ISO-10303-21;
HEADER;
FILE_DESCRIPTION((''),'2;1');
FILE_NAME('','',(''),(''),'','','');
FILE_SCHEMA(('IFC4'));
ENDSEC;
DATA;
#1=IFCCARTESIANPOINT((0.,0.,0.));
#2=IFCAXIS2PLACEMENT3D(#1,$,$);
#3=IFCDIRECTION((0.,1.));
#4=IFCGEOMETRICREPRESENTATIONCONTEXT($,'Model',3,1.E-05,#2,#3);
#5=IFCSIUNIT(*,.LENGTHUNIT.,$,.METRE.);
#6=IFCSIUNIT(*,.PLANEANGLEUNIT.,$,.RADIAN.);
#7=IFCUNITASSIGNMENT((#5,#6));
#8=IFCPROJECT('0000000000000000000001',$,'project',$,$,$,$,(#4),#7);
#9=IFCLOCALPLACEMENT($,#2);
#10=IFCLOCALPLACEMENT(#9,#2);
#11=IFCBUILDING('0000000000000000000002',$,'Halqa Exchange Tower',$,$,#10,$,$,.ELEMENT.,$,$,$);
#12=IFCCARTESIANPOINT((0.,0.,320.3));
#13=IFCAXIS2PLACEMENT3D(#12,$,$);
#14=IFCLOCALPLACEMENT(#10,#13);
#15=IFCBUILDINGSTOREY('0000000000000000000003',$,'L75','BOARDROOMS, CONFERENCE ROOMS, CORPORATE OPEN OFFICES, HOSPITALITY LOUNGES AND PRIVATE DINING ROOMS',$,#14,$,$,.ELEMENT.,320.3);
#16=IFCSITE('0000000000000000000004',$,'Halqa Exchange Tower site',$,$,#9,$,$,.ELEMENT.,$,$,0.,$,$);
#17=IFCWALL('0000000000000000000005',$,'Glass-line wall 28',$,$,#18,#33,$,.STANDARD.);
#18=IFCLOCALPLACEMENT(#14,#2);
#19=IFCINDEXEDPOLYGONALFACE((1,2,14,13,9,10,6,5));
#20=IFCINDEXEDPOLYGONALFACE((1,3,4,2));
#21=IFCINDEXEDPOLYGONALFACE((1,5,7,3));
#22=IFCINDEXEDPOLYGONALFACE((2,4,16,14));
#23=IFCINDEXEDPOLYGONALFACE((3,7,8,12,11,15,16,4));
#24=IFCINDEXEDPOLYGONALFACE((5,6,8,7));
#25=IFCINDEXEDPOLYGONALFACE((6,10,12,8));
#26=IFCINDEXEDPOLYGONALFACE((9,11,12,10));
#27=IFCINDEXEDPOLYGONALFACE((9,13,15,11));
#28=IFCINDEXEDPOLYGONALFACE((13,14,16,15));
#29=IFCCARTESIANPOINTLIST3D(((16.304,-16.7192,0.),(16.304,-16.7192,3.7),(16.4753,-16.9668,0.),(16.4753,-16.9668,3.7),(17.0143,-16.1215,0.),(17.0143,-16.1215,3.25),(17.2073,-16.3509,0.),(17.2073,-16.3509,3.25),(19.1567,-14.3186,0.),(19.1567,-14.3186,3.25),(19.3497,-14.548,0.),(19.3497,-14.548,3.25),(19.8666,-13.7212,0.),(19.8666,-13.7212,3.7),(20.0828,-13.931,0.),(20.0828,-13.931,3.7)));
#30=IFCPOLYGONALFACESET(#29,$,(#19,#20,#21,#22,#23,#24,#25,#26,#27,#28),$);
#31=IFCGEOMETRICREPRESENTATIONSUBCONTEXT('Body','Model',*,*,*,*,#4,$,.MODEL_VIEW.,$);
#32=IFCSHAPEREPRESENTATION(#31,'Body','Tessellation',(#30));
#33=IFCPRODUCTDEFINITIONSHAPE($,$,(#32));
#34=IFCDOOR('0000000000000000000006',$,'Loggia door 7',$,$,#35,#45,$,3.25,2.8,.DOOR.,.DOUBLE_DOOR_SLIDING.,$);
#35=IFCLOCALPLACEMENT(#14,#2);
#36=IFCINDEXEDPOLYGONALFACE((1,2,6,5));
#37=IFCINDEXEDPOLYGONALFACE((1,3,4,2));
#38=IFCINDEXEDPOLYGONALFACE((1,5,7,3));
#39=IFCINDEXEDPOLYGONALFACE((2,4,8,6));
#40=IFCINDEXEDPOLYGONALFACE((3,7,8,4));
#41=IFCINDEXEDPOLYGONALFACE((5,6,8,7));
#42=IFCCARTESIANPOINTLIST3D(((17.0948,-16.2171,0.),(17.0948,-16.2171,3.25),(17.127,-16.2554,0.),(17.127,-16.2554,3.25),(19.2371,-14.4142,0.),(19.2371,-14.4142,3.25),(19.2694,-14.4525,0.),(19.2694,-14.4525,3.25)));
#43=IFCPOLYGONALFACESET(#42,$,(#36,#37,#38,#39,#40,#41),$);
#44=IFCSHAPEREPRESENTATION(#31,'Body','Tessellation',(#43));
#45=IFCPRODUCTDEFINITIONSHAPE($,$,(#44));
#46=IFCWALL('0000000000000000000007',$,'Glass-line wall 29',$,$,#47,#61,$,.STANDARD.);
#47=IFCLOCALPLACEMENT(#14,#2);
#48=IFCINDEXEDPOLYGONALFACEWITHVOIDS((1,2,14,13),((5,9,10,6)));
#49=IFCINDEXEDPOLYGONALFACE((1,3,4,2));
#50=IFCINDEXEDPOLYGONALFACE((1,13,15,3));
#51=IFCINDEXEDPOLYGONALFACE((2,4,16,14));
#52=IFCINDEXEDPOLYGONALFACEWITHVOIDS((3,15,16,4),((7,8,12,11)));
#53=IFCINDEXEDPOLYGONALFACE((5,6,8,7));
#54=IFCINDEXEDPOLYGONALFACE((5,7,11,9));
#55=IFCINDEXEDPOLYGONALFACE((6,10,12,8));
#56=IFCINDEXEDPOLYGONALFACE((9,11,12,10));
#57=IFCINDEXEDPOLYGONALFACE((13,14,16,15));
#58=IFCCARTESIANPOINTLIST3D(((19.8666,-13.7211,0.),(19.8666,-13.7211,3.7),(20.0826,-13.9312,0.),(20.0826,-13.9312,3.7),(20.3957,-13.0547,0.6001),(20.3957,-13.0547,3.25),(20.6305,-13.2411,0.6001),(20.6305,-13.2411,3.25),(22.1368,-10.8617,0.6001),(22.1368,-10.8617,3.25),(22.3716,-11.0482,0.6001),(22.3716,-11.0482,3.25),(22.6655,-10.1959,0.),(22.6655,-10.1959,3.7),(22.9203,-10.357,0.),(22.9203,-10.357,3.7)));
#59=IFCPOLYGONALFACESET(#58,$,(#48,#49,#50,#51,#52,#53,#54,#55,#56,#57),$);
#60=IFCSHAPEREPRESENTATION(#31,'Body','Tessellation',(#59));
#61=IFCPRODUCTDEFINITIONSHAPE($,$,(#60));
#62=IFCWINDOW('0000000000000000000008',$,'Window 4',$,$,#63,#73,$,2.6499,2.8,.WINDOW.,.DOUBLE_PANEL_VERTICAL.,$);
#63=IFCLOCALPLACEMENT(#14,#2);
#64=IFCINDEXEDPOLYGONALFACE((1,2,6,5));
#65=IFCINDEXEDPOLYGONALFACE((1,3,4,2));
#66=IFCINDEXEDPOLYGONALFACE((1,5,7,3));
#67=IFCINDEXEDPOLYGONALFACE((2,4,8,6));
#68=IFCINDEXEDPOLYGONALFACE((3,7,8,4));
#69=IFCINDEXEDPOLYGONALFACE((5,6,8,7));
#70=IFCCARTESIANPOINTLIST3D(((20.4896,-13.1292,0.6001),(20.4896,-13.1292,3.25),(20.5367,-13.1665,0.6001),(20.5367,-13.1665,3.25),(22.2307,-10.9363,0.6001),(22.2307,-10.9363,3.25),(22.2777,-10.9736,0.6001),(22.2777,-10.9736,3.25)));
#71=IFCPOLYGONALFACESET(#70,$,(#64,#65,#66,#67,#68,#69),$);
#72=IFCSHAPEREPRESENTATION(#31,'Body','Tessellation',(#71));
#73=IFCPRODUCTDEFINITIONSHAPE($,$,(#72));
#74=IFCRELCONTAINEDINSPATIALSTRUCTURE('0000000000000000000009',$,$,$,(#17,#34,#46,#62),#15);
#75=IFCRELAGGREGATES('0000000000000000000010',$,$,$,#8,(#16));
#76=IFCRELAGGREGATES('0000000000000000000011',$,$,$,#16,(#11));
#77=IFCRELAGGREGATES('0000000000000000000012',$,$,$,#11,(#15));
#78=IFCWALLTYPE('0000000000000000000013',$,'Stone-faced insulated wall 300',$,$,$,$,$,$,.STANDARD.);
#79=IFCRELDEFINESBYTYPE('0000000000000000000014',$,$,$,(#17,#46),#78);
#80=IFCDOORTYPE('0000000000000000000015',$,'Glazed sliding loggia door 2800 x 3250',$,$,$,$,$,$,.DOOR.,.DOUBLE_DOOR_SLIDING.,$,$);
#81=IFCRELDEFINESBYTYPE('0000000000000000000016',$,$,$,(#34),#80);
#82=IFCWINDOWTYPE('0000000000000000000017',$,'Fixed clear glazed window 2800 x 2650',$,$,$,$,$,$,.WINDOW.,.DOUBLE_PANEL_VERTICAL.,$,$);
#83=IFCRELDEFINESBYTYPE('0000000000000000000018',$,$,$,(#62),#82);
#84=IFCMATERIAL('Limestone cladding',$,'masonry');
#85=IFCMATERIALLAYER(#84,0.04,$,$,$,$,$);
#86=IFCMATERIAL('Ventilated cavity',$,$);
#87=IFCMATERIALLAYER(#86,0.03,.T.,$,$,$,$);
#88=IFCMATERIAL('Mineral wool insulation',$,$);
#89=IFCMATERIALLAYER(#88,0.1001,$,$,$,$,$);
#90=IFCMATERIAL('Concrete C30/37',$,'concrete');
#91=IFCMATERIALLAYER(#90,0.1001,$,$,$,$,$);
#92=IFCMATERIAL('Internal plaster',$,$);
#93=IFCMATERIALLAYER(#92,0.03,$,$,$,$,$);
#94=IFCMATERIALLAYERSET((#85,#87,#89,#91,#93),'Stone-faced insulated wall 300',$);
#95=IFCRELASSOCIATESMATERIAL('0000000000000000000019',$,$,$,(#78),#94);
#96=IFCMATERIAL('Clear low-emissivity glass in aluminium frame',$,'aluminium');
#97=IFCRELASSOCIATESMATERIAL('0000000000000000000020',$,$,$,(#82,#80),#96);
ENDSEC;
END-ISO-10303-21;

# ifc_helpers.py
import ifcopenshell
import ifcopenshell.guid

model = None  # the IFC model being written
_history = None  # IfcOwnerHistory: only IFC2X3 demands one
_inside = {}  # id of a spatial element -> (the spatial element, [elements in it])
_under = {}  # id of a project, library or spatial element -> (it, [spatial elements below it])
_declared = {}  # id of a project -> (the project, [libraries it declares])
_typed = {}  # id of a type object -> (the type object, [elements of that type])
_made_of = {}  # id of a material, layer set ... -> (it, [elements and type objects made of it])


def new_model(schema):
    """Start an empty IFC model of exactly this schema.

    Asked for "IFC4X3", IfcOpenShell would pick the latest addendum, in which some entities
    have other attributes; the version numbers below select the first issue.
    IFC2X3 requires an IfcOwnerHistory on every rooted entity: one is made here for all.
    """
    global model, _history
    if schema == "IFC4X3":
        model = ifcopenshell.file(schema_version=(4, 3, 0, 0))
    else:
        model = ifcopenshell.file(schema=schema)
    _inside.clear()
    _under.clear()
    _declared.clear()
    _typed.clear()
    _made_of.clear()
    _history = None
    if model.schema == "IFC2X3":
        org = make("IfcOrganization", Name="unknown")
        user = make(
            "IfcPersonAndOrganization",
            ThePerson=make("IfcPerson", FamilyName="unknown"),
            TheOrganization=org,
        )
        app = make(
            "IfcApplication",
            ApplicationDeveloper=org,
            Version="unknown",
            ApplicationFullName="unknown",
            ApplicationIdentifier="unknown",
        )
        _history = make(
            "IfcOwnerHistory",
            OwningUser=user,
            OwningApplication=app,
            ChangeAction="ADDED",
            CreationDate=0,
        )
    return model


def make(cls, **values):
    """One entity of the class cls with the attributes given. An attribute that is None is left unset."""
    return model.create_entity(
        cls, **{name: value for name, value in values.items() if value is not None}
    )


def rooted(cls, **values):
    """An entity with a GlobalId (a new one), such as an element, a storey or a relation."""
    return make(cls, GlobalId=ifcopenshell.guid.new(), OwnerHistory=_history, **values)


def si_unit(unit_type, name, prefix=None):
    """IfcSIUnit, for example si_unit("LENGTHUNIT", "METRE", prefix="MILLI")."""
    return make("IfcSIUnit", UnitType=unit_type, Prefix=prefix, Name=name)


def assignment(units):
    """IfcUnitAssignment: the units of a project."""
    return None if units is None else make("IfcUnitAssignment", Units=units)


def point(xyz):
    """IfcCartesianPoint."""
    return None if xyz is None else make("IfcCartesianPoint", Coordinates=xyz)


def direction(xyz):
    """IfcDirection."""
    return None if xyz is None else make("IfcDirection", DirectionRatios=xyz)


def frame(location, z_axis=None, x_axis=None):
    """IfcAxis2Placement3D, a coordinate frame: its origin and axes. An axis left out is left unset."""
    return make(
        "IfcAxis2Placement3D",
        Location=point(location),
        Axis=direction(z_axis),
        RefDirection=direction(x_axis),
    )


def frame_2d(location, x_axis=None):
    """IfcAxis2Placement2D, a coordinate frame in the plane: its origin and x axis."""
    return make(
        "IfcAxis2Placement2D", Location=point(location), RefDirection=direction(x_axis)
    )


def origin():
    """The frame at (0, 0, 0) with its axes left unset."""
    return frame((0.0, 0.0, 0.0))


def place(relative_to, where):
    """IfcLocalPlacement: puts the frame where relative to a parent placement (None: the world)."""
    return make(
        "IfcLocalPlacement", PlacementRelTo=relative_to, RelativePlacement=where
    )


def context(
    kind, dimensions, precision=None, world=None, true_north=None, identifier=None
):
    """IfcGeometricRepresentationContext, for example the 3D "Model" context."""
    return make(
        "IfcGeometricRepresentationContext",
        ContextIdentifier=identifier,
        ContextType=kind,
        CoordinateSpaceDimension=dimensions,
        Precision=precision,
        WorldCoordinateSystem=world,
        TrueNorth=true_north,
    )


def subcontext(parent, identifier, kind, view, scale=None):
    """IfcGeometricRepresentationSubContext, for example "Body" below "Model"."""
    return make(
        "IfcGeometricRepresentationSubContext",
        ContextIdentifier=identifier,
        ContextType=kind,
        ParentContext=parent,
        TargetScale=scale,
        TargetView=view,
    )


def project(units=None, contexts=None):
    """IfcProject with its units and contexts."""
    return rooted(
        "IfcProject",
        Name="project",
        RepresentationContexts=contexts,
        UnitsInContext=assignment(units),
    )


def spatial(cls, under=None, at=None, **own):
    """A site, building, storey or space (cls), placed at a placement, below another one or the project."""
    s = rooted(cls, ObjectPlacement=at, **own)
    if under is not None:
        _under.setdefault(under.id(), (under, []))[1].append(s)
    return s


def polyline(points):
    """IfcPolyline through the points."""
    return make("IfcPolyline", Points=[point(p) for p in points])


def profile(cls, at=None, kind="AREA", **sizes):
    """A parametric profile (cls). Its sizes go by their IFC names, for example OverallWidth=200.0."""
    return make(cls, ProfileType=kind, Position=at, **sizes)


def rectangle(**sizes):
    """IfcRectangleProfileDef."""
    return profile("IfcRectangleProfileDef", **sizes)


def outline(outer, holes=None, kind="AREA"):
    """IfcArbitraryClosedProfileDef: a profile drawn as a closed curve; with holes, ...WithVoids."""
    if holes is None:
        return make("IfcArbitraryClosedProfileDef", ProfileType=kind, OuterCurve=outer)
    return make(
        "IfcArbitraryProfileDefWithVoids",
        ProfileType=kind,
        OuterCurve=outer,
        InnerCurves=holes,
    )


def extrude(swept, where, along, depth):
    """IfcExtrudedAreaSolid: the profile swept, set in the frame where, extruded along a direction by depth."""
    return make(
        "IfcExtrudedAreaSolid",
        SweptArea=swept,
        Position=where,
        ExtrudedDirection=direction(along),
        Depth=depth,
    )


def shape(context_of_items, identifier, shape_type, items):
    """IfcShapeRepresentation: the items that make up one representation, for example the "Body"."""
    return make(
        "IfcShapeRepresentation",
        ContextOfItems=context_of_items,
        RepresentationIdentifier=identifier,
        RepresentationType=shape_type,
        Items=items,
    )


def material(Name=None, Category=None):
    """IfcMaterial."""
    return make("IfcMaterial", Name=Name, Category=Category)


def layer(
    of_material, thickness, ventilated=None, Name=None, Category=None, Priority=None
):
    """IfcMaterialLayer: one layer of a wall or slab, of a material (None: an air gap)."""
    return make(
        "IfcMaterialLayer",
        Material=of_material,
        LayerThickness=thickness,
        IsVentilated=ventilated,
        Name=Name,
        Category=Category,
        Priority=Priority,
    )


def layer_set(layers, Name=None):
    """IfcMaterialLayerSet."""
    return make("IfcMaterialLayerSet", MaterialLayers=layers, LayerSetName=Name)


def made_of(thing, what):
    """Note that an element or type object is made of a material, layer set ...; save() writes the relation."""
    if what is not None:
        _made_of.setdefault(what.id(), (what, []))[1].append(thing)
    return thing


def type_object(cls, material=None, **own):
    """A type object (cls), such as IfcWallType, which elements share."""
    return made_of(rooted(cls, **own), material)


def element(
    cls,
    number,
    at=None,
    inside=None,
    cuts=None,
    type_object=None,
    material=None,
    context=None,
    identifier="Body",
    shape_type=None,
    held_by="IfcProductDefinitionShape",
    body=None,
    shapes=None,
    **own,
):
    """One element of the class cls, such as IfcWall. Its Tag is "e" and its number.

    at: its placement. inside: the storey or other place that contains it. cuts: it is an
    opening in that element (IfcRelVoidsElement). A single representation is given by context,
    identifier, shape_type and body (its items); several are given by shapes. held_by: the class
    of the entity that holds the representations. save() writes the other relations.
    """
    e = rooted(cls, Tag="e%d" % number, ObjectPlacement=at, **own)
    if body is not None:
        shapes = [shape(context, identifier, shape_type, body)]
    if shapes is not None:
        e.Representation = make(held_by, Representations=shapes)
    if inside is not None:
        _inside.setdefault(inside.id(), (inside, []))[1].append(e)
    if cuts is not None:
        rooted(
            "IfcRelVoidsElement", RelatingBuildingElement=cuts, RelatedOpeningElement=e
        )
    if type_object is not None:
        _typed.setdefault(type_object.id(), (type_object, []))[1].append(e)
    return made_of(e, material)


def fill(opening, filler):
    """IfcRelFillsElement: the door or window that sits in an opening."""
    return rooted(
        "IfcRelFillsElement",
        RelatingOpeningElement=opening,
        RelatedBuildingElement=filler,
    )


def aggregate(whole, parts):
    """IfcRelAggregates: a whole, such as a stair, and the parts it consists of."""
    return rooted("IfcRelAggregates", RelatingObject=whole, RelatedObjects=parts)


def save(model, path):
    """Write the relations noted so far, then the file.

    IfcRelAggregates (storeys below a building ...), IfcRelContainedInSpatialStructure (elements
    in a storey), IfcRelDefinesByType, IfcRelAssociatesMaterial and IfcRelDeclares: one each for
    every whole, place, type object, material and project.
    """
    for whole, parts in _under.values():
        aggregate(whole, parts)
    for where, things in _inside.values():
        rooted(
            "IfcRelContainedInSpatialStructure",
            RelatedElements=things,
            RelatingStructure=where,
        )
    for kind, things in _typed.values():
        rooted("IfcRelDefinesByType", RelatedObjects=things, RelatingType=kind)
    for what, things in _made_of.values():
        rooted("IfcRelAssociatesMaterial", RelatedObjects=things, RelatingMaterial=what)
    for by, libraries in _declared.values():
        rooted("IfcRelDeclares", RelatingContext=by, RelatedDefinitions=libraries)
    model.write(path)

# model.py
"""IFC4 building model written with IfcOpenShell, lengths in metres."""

from ifc_helpers import new_model, si_unit, direction, frame, frame_2d, origin, place, context, subcontext, project, spatial, polyline, rectangle, outline, extrude, material, layer, layer_set, type_object, element, fill, save


model = new_model("IFC4")

# Units and contexts
model_context = context("Model", 3, precision=1e-05, world=origin(), true_north=direction((0.0, 1.0)))
body_context = subcontext(model_context, "Body", "Model", "MODEL_VIEW")
ifc_project = project(units=[si_unit("LENGTHUNIT", "METRE"), si_unit("PLANEANGLEUNIT", "RADIAN")], contexts=[model_context])

# Site, building, storey
site_placement = place(None, origin())
site = spatial("IfcSite", under=ifc_project, at=site_placement, Name="Halqa Exchange Tower site", CompositionType="ELEMENT", RefElevation=0.0)
building_placement = place(site_placement, origin())
building = spatial("IfcBuilding", under=site, at=building_placement, Name="Halqa Exchange Tower", CompositionType="ELEMENT")
storey_placement = place(building_placement, frame((0.0, 0.0, 320.3)))
storey = spatial("IfcBuildingStorey", under=building, at=storey_placement, Name="L75", Description="BOARDROOMS, CONFERENCE ROOMS, CORPORATE OPEN OFFICES, HOSPITALITY LOUNGES AND PRIVATE DINING ROOMS", CompositionType="ELEMENT", Elevation=320.3)

# Shared definitions
ifc_material_1 = material(Name="Limestone cladding", Category="masonry")
ifc_layer_1 = layer(ifc_material_1, 0.04)
ifc_material_2 = material(Name="Ventilated cavity")
ifc_layer_2 = layer(ifc_material_2, 0.03, ventilated=True)
ifc_material_3 = material(Name="Mineral wool insulation")
ifc_layer_3 = layer(ifc_material_3, 0.1001)
ifc_material_4 = material(Name="Concrete C30/37", Category="concrete")
ifc_layer_4 = layer(ifc_material_4, 0.1001)
ifc_material_5 = material(Name="Internal plaster")
ifc_layer_5 = layer(ifc_material_5, 0.03)
ifc_layer_set_1 = layer_set([ifc_layer_1, ifc_layer_2, ifc_layer_3, ifc_layer_4, ifc_layer_5], Name="Stone-faced insulated wall 300")
wall_type_1 = type_object("IfcWallType", Name="Stone-faced insulated wall 300", PredefinedType="STANDARD", material=ifc_layer_set_1)
ifc_material_6 = material(Name="Clear low-emissivity glass in aluminium frame", Category="aluminium")
window_type = type_object("IfcWindowType", Name="Fixed clear glazed window 2800 x 2650", PartitioningType="DOUBLE_PANEL_VERTICAL", PredefinedType="WINDOW", material=ifc_material_6)

# Wall, opening, door
wall_1_placement = place(storey_placement, frame((16.3896, -16.843, 0.0), z_axis=(0.0, 0.0, 1.0), x_axis=(0.765129, 0.643877, 0.0)))
wall_1 = element("IfcWall", 1, at=wall_1_placement, inside=storey, type_object=wall_type_1, Name="Glass-line wall 28", PredefinedType="STANDARD", context=body_context, shape_type="SweptSolid", body=[
    extrude(outline(polyline([(-0.0142, -0.1499), (4.7007, -0.1499), (4.6704, 0.1499), (0.0142, 0.1499), (-0.0142, -0.1499)])), origin(), (0.0, 0.0, 1.0), 3.7),
])
opening_1_placement = place(wall_1_placement, frame((0.9426, 0.0, 0.0)))
opening_1 = element("IfcOpeningElement", 2, at=opening_1_placement, cuts=wall_1, PredefinedType="OPENING", context=body_context, shape_type="SweptSolid", body=[
    extrude(rectangle(XDim=2.8, YDim=3.25, at=frame_2d((1.3999, 1.625))), frame((0.0, 0.1621, 0.0), z_axis=(0.0, -1.0, 0.0), x_axis=(1.0, 0.0, 0.0)), (0.0, 0.0, 1.0), 0.324),
])
door_type_1 = type_object("IfcDoorType", Name="Glazed sliding loggia door 2800 x 3250", OperationType="DOUBLE_DOOR_SLIDING", PredefinedType="DOOR", material=ifc_material_6)
door_1_placement = place(opening_1_placement, origin())
door_1 = element("IfcDoor", 3, at=door_1_placement, inside=storey, type_object=door_type_1, Name="Loggia door 7", OperationType="DOUBLE_DOOR_SLIDING", OverallHeight=3.25, OverallWidth=2.8, PredefinedType="DOOR", context=body_context, shape_type="SweptSolid", body=[
    extrude(rectangle(XDim=2.8, YDim=3.25, at=frame_2d((1.3999, 1.625))), frame((0.0, 0.0249, 0.0), z_axis=(0.0, -1.0, 0.0), x_axis=(1.0, 0.0, 0.0)), (0.0, 0.0, 1.0), 0.05),
])
fill(opening_1, door_1)

# Wall, opening, window
wall_2_placement = place(storey_placement, frame((19.9746, -13.8262, 0.0), z_axis=(0.0, 0.0, 1.0), x_axis=(0.621801, 0.783176, 0.0)))
wall_2 = element("IfcWall", 4, at=wall_2_placement, inside=storey, type_object=wall_type_1, Name="Glass-line wall 29", PredefinedType="STANDARD", context=body_context, shape_type="SweptSolid", body=[
    extrude(outline(polyline([(-0.0151, -0.1499), (4.5486, -0.1499), (4.5164, 0.1499), (0.0151, 0.1499), (-0.0151, -0.1499)])), origin(), (0.0, 0.0, 1.0), 3.7),
])
opening_2_placement = place(wall_2_placement, frame((0.8662, 0.0, 0.6001)))
opening_2 = element("IfcOpeningElement", 5, at=opening_2_placement, cuts=wall_2, PredefinedType="OPENING", context=body_context, shape_type="SweptSolid", body=[
    extrude(rectangle(XDim=2.8, YDim=2.6499, at=frame_2d((1.3999, 1.325))), frame((0.0, 0.1621, 0.0), z_axis=(0.0, -1.0, 0.0), x_axis=(1.0, 0.0, 0.0)), (0.0, 0.0, 1.0), 0.324),
])
window_1_placement = place(opening_2_placement, origin())
window_1 = element("IfcWindow", 6, at=window_1_placement, inside=storey, type_object=window_type, Name="Window 4", OverallHeight=2.6499, OverallWidth=2.8, PartitioningType="DOUBLE_PANEL_VERTICAL", PredefinedType="WINDOW", context=body_context, shape_type="SweptSolid", body=[
    extrude(rectangle(XDim=2.8, YDim=2.6499, at=frame_2d((1.3999, 1.325))), frame((0.0, 0.03, 0.0), z_axis=(0.0, -1.0, 0.0), x_axis=(1.0, 0.0, 0.0)), (0.0, 0.0, 1.0), 0.0601),
])
fill(opening_2, window_1)

save(model, "model.ifc")
